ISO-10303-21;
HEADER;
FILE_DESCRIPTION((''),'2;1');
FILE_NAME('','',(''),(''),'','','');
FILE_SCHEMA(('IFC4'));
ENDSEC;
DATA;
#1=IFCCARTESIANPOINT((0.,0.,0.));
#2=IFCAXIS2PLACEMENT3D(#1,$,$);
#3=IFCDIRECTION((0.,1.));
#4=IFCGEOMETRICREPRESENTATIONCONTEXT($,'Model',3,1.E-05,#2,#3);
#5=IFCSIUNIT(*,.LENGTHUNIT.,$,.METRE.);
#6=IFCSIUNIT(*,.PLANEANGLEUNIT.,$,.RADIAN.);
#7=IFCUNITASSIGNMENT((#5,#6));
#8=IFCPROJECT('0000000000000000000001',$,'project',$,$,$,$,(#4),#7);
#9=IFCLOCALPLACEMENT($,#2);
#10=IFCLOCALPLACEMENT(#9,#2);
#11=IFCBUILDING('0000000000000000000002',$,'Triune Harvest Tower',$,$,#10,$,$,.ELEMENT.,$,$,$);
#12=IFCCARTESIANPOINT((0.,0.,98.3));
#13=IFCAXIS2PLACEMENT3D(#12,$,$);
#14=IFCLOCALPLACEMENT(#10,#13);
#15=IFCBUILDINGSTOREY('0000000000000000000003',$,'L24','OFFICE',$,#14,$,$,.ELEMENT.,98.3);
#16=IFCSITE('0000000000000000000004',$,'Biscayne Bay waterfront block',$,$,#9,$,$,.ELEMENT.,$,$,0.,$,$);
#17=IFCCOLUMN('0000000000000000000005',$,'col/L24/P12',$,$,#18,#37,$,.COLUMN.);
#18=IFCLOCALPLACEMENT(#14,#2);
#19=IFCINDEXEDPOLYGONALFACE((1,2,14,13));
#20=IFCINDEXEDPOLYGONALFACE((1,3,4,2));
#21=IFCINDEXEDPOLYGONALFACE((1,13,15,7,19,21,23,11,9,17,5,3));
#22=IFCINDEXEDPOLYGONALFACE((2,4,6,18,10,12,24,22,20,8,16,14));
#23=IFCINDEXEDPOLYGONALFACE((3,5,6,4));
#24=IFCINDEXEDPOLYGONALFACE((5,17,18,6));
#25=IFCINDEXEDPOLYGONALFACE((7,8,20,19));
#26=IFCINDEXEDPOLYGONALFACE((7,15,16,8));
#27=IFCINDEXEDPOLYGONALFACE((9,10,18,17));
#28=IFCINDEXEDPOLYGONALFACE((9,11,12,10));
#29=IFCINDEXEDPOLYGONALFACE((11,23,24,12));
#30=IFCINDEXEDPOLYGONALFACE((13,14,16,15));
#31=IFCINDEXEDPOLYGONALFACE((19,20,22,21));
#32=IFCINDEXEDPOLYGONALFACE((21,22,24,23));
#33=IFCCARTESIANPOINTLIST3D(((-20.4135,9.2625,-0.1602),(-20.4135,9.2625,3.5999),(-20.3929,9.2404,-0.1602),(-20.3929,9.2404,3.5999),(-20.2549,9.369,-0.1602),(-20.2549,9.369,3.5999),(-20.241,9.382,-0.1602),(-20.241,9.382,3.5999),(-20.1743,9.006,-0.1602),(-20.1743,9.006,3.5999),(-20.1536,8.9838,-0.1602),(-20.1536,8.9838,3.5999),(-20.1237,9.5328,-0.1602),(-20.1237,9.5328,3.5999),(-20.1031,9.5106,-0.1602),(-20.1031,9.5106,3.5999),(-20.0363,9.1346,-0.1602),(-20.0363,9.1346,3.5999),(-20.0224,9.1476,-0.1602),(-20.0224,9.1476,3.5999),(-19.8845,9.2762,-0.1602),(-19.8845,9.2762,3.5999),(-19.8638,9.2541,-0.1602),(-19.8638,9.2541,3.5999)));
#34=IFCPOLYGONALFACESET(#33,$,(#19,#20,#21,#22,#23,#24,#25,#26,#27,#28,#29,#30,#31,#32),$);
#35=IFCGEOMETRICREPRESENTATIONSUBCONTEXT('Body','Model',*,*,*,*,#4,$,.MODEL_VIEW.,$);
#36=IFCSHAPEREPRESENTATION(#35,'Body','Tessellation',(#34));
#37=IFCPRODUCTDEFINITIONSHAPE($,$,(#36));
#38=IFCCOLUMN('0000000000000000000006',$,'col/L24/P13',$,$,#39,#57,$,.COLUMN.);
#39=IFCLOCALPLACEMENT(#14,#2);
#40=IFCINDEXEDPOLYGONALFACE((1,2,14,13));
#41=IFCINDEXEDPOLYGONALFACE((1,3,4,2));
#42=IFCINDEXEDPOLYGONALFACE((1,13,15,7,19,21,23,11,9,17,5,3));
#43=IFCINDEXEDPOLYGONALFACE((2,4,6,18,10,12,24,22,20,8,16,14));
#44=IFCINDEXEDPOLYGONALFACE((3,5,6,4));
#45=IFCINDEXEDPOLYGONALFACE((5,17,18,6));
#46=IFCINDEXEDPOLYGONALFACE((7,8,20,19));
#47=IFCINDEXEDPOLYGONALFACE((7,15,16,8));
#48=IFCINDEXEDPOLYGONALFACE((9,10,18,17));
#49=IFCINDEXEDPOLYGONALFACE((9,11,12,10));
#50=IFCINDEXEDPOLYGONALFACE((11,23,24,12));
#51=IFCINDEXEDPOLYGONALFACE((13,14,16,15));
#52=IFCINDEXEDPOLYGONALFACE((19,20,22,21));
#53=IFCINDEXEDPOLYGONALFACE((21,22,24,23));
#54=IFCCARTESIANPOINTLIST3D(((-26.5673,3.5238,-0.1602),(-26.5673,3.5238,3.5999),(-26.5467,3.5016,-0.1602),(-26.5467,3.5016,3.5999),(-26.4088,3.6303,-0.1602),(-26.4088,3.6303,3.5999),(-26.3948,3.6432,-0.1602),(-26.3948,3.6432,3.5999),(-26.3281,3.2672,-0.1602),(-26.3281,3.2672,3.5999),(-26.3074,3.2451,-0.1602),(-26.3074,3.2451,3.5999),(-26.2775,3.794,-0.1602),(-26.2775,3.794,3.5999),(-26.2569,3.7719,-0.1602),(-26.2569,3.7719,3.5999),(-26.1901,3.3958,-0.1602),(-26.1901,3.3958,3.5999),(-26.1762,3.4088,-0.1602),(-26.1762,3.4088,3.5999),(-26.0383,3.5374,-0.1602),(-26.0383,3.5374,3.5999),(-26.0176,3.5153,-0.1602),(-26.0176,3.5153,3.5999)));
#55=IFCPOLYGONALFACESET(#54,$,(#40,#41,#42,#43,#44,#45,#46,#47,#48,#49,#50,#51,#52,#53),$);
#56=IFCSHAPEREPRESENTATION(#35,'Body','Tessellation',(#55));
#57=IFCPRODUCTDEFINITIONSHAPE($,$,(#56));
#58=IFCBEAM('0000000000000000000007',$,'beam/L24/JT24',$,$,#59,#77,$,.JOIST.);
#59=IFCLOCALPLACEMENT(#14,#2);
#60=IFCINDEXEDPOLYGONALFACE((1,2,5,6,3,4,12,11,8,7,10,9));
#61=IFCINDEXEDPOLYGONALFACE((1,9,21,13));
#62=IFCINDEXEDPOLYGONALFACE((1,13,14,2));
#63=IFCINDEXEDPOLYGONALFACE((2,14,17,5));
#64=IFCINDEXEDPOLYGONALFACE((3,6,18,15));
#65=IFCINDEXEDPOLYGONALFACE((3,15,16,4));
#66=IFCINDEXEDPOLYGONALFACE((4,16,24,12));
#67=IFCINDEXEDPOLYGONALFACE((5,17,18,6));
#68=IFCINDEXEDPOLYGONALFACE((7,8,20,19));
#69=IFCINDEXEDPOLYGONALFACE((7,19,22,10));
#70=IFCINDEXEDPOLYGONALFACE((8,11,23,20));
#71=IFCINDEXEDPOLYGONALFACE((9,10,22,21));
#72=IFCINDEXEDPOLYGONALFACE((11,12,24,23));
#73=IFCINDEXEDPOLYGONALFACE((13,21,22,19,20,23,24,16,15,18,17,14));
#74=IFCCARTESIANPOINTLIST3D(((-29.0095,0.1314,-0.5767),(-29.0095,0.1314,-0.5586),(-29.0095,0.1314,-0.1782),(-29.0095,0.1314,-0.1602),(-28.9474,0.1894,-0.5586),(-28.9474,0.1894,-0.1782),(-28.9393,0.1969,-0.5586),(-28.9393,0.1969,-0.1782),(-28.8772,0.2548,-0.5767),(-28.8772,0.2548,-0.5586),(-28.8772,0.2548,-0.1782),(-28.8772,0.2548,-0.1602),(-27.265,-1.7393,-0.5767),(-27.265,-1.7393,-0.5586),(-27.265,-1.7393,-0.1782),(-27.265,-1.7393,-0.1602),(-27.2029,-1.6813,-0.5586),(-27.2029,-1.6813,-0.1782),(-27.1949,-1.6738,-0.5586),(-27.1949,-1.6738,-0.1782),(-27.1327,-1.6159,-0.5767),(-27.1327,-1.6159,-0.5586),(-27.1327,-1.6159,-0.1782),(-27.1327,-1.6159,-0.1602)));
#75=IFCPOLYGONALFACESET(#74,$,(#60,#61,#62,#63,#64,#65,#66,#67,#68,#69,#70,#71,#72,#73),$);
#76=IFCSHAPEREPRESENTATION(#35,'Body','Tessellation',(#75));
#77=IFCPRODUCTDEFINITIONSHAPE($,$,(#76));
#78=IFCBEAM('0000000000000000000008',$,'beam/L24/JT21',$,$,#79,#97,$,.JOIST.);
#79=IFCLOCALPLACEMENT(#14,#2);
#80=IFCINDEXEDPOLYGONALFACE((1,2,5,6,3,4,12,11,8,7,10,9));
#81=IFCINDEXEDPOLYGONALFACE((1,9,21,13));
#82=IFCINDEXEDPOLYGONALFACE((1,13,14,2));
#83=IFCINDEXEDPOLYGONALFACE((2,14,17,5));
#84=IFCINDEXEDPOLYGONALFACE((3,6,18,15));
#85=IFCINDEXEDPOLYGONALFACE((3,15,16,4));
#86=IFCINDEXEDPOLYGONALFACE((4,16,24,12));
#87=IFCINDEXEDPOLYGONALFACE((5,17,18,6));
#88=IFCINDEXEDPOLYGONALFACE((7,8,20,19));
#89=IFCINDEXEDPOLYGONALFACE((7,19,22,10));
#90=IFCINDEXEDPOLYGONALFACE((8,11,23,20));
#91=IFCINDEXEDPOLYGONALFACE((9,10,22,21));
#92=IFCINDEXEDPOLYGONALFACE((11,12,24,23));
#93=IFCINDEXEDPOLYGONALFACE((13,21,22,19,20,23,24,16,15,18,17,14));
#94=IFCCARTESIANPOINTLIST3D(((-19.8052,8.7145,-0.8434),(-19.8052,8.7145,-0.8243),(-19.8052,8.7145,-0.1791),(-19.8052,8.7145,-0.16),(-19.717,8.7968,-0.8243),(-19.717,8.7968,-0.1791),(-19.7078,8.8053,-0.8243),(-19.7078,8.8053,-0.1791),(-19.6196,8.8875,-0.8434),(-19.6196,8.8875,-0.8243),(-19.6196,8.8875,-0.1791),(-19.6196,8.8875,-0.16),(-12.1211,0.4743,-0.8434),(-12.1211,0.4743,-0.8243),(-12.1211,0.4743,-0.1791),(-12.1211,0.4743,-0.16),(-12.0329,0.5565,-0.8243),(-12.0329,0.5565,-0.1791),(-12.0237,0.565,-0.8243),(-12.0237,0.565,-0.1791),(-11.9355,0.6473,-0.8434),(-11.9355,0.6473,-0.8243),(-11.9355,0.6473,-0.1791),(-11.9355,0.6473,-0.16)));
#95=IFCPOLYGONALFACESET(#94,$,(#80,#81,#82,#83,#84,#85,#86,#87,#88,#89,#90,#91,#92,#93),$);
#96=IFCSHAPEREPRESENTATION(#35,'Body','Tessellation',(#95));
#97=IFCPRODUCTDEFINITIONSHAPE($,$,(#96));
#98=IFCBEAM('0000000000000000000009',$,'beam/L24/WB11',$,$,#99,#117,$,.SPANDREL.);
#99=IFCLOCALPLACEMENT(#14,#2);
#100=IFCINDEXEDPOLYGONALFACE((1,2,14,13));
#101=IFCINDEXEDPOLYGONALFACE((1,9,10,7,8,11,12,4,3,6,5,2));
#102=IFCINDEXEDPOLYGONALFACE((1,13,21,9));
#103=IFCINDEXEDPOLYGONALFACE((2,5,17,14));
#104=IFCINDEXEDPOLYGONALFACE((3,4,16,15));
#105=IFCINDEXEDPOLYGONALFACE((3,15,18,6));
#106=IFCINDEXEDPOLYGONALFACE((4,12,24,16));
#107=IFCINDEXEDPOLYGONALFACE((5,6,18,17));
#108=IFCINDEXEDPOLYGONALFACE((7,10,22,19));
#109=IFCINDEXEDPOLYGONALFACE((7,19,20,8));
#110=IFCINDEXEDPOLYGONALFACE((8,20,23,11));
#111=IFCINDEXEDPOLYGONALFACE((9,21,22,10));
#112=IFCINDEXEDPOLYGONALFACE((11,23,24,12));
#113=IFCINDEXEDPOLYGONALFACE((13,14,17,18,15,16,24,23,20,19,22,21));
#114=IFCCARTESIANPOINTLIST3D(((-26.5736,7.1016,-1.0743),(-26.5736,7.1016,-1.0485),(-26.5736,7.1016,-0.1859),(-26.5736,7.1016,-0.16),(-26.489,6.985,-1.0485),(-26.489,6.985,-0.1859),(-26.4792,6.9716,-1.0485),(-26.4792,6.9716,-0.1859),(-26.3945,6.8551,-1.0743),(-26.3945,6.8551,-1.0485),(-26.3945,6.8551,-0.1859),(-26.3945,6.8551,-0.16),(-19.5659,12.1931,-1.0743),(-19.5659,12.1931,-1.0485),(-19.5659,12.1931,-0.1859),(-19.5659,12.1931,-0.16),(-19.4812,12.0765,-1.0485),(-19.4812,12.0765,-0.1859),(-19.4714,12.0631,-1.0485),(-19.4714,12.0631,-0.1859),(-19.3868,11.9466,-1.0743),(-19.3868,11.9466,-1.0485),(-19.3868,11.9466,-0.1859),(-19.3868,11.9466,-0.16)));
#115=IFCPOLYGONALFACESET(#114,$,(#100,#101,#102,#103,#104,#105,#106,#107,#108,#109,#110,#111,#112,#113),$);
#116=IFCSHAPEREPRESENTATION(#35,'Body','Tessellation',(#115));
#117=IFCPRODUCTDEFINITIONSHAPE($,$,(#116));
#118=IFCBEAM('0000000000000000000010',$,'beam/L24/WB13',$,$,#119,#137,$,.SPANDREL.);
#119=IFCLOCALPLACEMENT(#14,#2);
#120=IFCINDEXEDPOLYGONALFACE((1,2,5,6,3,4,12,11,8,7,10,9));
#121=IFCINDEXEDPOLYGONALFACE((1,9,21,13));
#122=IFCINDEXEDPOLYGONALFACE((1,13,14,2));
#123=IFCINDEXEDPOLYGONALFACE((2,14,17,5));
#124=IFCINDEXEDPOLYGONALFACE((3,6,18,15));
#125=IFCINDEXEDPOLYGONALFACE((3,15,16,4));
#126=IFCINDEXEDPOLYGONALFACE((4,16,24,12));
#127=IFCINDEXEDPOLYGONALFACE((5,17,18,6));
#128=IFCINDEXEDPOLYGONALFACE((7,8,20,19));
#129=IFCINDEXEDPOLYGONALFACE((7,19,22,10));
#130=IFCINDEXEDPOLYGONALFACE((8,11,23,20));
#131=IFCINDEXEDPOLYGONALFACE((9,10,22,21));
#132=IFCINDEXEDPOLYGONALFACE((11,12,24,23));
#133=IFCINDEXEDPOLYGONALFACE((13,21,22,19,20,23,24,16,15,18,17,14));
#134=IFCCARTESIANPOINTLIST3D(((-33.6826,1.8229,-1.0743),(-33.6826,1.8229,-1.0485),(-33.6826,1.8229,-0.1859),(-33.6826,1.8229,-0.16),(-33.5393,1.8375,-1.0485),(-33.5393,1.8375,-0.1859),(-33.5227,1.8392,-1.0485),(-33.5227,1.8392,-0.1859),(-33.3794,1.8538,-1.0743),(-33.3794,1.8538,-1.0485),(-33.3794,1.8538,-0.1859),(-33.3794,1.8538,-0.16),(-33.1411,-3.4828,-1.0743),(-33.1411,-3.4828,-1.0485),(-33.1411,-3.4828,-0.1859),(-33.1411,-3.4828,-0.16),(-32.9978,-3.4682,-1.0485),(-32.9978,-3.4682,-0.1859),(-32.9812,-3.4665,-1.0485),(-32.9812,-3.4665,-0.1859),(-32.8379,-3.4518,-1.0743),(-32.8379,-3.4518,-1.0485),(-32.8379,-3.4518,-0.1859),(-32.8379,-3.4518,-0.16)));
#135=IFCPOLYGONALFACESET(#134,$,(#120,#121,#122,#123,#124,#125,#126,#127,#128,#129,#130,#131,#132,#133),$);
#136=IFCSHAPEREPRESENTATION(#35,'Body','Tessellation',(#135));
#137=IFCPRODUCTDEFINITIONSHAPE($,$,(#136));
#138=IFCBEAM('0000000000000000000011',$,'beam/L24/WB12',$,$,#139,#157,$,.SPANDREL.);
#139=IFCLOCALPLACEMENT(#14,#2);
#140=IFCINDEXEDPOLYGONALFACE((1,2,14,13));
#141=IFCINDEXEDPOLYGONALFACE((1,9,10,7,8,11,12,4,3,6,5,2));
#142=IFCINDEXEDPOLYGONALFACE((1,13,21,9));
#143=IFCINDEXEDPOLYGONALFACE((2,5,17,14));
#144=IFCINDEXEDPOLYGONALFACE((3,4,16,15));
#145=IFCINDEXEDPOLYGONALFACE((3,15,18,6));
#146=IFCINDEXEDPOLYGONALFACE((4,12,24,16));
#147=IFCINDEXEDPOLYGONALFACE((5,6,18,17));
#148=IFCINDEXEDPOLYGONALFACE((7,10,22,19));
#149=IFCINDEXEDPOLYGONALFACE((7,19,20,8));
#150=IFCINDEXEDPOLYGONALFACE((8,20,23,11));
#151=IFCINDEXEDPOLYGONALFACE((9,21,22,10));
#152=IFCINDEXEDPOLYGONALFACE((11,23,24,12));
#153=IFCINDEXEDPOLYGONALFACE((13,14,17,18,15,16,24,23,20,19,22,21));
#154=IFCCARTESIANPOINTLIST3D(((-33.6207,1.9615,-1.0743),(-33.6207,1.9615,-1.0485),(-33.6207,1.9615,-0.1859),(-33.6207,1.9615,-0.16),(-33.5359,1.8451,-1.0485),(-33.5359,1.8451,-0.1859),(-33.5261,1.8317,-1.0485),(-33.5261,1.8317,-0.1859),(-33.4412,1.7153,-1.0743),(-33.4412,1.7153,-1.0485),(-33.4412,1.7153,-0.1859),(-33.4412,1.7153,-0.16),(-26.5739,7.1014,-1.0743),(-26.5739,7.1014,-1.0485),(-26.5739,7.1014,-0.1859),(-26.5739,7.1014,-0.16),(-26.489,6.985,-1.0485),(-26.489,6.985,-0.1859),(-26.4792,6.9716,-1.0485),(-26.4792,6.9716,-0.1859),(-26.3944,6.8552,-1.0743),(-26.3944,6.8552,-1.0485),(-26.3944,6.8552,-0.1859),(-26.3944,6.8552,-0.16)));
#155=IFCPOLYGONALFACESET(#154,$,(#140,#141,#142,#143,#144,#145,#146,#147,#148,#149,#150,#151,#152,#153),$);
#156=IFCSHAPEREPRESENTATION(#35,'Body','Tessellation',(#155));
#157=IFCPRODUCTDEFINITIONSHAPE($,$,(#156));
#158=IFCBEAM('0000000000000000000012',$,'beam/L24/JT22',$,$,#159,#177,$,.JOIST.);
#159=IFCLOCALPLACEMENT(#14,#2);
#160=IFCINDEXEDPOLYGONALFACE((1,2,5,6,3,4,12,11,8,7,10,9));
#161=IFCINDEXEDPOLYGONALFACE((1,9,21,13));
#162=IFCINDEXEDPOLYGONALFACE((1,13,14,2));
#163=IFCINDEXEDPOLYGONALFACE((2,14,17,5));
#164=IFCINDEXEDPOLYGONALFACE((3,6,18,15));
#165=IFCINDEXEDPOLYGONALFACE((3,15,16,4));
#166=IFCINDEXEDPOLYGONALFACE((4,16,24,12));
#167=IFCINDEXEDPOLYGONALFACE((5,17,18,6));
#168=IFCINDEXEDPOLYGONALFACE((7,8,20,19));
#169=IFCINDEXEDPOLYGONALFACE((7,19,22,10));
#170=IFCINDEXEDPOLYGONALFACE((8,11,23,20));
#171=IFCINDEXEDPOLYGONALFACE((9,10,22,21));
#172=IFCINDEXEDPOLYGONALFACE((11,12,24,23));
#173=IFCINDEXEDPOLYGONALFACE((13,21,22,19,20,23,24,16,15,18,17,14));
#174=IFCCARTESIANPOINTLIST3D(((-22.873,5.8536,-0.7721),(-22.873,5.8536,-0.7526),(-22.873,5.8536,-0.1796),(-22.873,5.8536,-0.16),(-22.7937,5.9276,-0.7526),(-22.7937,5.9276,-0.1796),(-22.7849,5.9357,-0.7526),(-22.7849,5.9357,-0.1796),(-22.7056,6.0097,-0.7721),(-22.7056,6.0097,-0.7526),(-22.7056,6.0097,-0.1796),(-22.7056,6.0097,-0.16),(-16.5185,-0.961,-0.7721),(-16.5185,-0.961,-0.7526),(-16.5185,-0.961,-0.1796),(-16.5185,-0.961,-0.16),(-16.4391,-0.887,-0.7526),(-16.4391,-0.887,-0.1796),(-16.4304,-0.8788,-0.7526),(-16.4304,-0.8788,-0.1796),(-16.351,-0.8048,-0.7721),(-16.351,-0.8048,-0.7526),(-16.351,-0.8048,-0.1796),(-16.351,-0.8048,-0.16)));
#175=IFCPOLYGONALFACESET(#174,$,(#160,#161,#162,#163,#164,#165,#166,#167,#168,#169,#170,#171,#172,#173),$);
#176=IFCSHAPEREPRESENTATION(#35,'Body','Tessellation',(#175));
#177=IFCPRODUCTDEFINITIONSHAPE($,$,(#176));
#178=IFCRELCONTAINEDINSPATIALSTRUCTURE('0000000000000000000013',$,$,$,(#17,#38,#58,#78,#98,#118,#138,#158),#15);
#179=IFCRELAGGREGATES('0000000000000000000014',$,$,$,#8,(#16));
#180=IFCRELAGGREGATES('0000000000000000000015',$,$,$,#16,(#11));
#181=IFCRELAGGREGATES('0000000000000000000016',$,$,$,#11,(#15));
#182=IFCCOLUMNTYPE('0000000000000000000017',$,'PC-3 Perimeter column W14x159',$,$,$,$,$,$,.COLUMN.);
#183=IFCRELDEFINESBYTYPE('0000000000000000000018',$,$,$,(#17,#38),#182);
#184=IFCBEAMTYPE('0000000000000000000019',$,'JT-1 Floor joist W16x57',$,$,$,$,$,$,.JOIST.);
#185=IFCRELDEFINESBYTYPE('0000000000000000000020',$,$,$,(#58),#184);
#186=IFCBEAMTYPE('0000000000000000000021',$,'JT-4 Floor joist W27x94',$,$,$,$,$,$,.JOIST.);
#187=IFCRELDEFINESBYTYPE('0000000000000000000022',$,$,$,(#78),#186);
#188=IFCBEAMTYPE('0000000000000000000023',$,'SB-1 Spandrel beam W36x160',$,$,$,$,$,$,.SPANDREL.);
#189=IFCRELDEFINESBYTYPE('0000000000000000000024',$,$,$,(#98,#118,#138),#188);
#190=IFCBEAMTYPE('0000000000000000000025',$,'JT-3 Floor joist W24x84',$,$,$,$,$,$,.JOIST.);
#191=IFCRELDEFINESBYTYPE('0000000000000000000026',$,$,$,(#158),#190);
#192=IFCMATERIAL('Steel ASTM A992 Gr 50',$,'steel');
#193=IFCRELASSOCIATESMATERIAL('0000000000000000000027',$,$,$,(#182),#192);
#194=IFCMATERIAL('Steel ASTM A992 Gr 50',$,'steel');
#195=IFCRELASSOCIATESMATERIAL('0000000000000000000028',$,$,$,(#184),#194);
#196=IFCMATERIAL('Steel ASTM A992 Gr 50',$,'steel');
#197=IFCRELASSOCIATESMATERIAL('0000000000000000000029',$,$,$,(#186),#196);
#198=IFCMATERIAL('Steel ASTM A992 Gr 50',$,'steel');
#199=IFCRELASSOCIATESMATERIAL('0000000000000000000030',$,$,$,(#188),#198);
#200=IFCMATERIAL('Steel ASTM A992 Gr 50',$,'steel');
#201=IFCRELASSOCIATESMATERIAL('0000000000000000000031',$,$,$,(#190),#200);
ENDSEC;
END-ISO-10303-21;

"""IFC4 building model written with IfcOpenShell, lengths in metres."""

from ifc_helpers import new_model, si_unit, direction, frame, origin, origin_2d, place, context, subcontext, project, spatial, i_section, extrude, source, transform, mapped, material, material_profile, profile_set, type_object, element, save


model = new_model("IFC4")

# Units and contexts
model_context = context("Model", 3, precision=1e-05, world=origin(), true_north=direction((0.0, 1.0)))
body_context = subcontext(model_context, "Body", "Model", "MODEL_VIEW")
ifc_project = project(units=[si_unit("LENGTHUNIT", "METRE"), si_unit("PLANEANGLEUNIT", "RADIAN")], contexts=[model_context])

# Site, building, storey
site_placement = place(None, origin())
site = spatial("IfcSite", under=ifc_project, at=site_placement, Name="Biscayne Bay waterfront block", CompositionType="ELEMENT", RefElevation=0.0)
building_placement = place(site_placement, origin())
building = spatial("IfcBuilding", under=site, at=building_placement, Name="Triune Harvest Tower", CompositionType="ELEMENT")
storey_placement = place(building_placement, frame((0.0, 0.0, 98.3)))
storey = spatial("IfcBuildingStorey", under=building, at=storey_placement, Name="L24", Description="OFFICE", CompositionType="ELEMENT", Elevation=98.3)

# Columns
ifc_material_1 = material(Name="Steel ASTM A992 Gr 50", Category="steel")
ifc_material_profile_1 = material_profile(ifc_material_1, i_section(OverallWidth=0.3962, OverallDepth=0.3811, WebThickness=0.019, FlangeThickness=0.0303, at=origin_2d()), Name="W14x159")
ifc_profile_set_1 = profile_set([ifc_material_profile_1], Name="Steel ASTM A992 Gr 50")
column_type = type_object("IfcColumnType", Name="PC-3 Perimeter column W14x159", PredefinedType="COLUMN", material=ifc_profile_set_1)
shared_shape_1 = source(origin(), body_context, "Body", "SweptSolid", [
    extrude(i_section(OverallWidth=0.3962, OverallDepth=0.3811, WebThickness=0.019, FlangeThickness=0.0303, at=origin_2d()), origin(), (0.0, 0.0, 1.0), 3.76),
])
for number, where, z_axis, x_axis, name in (
    (1, (-20.1387, 9.2583, -0.1602), (0.0, 0.0, 1.0), (-0.731355, -0.681997, 0.0), "col/L24/P12"),
    (2, (-26.2925, 3.5195, -0.1602), (0.0, 0.0, 1.0), (-0.731355, -0.681997, 0.0), "col/L24/P13"),
):
    element("IfcColumn", number, at=place(storey_placement, frame(where, z_axis=z_axis, x_axis=x_axis)), inside=storey, type_object=column_type, Name=name, PredefinedType="COLUMN", context=body_context, shape_type="MappedRepresentation", body=[
        mapped(shared_shape_1, transform((0.0, 0.0, 0.0), scale=1.0)),
    ])

# Beams
ifc_material_2 = material(Name="Steel ASTM A992 Gr 50", Category="steel")
ifc_material_profile_2 = material_profile(ifc_material_2, i_section(OverallWidth=0.1809, OverallDepth=0.4165, WebThickness=0.011, FlangeThickness=0.0181, at=origin_2d()), Name="W16x57")
ifc_profile_set_2 = profile_set([ifc_material_profile_2], Name="Steel ASTM A992 Gr 50")
beam_type_1 = type_object("IfcBeamType", Name="JT-1 Floor joist W16x57", PredefinedType="JOIST", material=ifc_profile_set_2)
beam_1_placement = place(storey_placement, frame((-28.9434, 0.1931, -0.3684), z_axis=(0.682002, -0.73135, 0.0), x_axis=(0.73135, 0.682002, 0.0)))
element("IfcBeam", 3, at=beam_1_placement, inside=storey, type_object=beam_type_1, Name="beam/L24/JT24", PredefinedType="JOIST", context=body_context, shape_type="SweptSolid", body=[
    extrude(i_section(OverallWidth=0.1809, OverallDepth=0.4165, WebThickness=0.011, FlangeThickness=0.0181, at=origin_2d()), origin(), (0.0, 0.0, 1.0), 2.5579),
])
ifc_material_3 = material(Name="Steel ASTM A992 Gr 50", Category="steel")
ifc_material_profile_3 = material_profile(ifc_material_3, i_section(OverallWidth=0.2537, OverallDepth=0.6833, WebThickness=0.0125, FlangeThickness=0.019, at=origin_2d()), Name="W27x94")
ifc_profile_set_3 = profile_set([ifc_material_profile_3], Name="Steel ASTM A992 Gr 50")
beam_type_2 = type_object("IfcBeamType", Name="JT-4 Floor joist W27x94", PredefinedType="JOIST", material=ifc_profile_set_3)
beam_2_placement = place(storey_placement, frame((-19.7124, 8.801, -0.5017), z_axis=(0.681995, -0.731356, 0.0), x_axis=(0.731356, 0.681995, 0.0)))
element("IfcBeam", 4, at=beam_2_placement, inside=storey, type_object=beam_type_2, Name="beam/L24/JT21", PredefinedType="JOIST", context=body_context, shape_type="SweptSolid", body=[
    extrude(i_section(OverallWidth=0.2537, OverallDepth=0.6833, WebThickness=0.0125, FlangeThickness=0.019, at=origin_2d()), origin(), (0.0, 0.0, 1.0), 11.2671),
])
ifc_material_4 = material(Name="Steel ASTM A992 Gr 50", Category="steel")
ifc_material_profile_4 = material_profile(ifc_material_4, i_section(OverallWidth=0.3047, OverallDepth=0.9143, WebThickness=0.0166, FlangeThickness=0.0259, at=origin_2d()), Name="W36x160")
ifc_profile_set_4 = profile_set([ifc_material_profile_4], Name="Steel ASTM A992 Gr 50")
beam_type_3 = type_object("IfcBeamType", Name="SB-1 Spandrel beam W36x160", PredefinedType="SPANDREL", material=ifc_profile_set_4)
shared_shape_2 = source(origin(), body_context, "Body", "SweptSolid", [
    extrude(i_section(OverallWidth=0.3047, OverallDepth=0.9143, WebThickness=0.0166, FlangeThickness=0.0259, at=origin_2d()), origin(), (0.0, 0.0, 1.0), 8.6621),
])
beam_3_placement = place(storey_placement, frame((-19.4763, 12.0698, -0.6172), z_axis=(-0.809013, -0.587791, 0.0), x_axis=(0.587791, -0.809013, 0.0)))
element("IfcBeam", 5, at=beam_3_placement, inside=storey, type_object=beam_type_3, Name="beam/L24/WB11", PredefinedType="SPANDREL", context=body_context, shape_type="MappedRepresentation", body=[
    mapped(shared_shape_2, transform((0.0, 0.0, 0.0), scale=1.0)),
])
shared_shape_3 = source(origin(), body_context, "Body", "SweptSolid", [
    extrude(i_section(OverallWidth=0.3047, OverallDepth=0.9143, WebThickness=0.0166, FlangeThickness=0.0259, at=origin_2d()), origin(), (0.0, 0.0, 1.0), 5.3333),
])
beam_4_placement = place(storey_placement, frame((-33.531, 1.8384, -0.6172), z_axis=(0.101534, -0.994832, 0.0), x_axis=(0.994832, 0.101534, 0.0)))
element("IfcBeam", 6, at=beam_4_placement, inside=storey, type_object=beam_type_3, Name="beam/L24/WB13", PredefinedType="SPANDREL", context=body_context, shape_type="MappedRepresentation", body=[
    mapped(shared_shape_3, transform((0.0, 0.0, 0.0), scale=1.0)),
])
shared_shape_4 = source(origin(), body_context, "Body", "SweptSolid", [
    extrude(i_section(OverallWidth=0.3047, OverallDepth=0.9143, WebThickness=0.0166, FlangeThickness=0.0259, at=origin_2d()), origin(), (0.0, 0.0, 1.0), 8.7222),
])
beam_5_placement = place(storey_placement, frame((-26.4841, 6.9783, -0.6172), z_axis=(-0.807923, -0.589288, 0.0), x_axis=(0.589288, -0.807923, 0.0)))
element("IfcBeam", 7, at=beam_5_placement, inside=storey, type_object=beam_type_3, Name="beam/L24/WB12", PredefinedType="SPANDREL", context=body_context, shape_type="MappedRepresentation", body=[
    mapped(shared_shape_4, transform((0.0, 0.0, 0.0), scale=1.0)),
])
ifc_material_5 = material(Name="Steel ASTM A992 Gr 50", Category="steel")
ifc_material_profile_5 = material_profile(ifc_material_5, i_section(OverallWidth=0.229, OverallDepth=0.6121, WebThickness=0.012, FlangeThickness=0.0195, at=origin_2d()), Name="W24x84")
ifc_profile_set_5 = profile_set([ifc_material_profile_5], Name="Steel ASTM A992 Gr 50")
beam_type_4 = type_object("IfcBeamType", Name="JT-3 Floor joist W24x84", PredefinedType="JOIST", material=ifc_profile_set_5)
shared_shape_5 = source(origin(), body_context, "Body", "SweptSolid", [
    extrude(i_section(OverallWidth=0.229, OverallDepth=0.6121, WebThickness=0.012, FlangeThickness=0.0195, at=origin_2d()), origin(), (0.0, 0.0, 1.0), 9.3176),
])
beam_6_placement = place(storey_placement, frame((-22.7893, 5.9316, -0.4661), z_axis=(0.681993, -0.731358, 0.0), x_axis=(0.731358, 0.681993, 0.0)))
element("IfcBeam", 8, at=beam_6_placement, inside=storey, type_object=beam_type_4, Name="beam/L24/JT22", PredefinedType="JOIST", context=body_context, shape_type="MappedRepresentation", body=[
    mapped(shared_shape_5, transform((0.0, 0.0, 0.0), scale=1.0)),
])

save(model, "model.ifc")
